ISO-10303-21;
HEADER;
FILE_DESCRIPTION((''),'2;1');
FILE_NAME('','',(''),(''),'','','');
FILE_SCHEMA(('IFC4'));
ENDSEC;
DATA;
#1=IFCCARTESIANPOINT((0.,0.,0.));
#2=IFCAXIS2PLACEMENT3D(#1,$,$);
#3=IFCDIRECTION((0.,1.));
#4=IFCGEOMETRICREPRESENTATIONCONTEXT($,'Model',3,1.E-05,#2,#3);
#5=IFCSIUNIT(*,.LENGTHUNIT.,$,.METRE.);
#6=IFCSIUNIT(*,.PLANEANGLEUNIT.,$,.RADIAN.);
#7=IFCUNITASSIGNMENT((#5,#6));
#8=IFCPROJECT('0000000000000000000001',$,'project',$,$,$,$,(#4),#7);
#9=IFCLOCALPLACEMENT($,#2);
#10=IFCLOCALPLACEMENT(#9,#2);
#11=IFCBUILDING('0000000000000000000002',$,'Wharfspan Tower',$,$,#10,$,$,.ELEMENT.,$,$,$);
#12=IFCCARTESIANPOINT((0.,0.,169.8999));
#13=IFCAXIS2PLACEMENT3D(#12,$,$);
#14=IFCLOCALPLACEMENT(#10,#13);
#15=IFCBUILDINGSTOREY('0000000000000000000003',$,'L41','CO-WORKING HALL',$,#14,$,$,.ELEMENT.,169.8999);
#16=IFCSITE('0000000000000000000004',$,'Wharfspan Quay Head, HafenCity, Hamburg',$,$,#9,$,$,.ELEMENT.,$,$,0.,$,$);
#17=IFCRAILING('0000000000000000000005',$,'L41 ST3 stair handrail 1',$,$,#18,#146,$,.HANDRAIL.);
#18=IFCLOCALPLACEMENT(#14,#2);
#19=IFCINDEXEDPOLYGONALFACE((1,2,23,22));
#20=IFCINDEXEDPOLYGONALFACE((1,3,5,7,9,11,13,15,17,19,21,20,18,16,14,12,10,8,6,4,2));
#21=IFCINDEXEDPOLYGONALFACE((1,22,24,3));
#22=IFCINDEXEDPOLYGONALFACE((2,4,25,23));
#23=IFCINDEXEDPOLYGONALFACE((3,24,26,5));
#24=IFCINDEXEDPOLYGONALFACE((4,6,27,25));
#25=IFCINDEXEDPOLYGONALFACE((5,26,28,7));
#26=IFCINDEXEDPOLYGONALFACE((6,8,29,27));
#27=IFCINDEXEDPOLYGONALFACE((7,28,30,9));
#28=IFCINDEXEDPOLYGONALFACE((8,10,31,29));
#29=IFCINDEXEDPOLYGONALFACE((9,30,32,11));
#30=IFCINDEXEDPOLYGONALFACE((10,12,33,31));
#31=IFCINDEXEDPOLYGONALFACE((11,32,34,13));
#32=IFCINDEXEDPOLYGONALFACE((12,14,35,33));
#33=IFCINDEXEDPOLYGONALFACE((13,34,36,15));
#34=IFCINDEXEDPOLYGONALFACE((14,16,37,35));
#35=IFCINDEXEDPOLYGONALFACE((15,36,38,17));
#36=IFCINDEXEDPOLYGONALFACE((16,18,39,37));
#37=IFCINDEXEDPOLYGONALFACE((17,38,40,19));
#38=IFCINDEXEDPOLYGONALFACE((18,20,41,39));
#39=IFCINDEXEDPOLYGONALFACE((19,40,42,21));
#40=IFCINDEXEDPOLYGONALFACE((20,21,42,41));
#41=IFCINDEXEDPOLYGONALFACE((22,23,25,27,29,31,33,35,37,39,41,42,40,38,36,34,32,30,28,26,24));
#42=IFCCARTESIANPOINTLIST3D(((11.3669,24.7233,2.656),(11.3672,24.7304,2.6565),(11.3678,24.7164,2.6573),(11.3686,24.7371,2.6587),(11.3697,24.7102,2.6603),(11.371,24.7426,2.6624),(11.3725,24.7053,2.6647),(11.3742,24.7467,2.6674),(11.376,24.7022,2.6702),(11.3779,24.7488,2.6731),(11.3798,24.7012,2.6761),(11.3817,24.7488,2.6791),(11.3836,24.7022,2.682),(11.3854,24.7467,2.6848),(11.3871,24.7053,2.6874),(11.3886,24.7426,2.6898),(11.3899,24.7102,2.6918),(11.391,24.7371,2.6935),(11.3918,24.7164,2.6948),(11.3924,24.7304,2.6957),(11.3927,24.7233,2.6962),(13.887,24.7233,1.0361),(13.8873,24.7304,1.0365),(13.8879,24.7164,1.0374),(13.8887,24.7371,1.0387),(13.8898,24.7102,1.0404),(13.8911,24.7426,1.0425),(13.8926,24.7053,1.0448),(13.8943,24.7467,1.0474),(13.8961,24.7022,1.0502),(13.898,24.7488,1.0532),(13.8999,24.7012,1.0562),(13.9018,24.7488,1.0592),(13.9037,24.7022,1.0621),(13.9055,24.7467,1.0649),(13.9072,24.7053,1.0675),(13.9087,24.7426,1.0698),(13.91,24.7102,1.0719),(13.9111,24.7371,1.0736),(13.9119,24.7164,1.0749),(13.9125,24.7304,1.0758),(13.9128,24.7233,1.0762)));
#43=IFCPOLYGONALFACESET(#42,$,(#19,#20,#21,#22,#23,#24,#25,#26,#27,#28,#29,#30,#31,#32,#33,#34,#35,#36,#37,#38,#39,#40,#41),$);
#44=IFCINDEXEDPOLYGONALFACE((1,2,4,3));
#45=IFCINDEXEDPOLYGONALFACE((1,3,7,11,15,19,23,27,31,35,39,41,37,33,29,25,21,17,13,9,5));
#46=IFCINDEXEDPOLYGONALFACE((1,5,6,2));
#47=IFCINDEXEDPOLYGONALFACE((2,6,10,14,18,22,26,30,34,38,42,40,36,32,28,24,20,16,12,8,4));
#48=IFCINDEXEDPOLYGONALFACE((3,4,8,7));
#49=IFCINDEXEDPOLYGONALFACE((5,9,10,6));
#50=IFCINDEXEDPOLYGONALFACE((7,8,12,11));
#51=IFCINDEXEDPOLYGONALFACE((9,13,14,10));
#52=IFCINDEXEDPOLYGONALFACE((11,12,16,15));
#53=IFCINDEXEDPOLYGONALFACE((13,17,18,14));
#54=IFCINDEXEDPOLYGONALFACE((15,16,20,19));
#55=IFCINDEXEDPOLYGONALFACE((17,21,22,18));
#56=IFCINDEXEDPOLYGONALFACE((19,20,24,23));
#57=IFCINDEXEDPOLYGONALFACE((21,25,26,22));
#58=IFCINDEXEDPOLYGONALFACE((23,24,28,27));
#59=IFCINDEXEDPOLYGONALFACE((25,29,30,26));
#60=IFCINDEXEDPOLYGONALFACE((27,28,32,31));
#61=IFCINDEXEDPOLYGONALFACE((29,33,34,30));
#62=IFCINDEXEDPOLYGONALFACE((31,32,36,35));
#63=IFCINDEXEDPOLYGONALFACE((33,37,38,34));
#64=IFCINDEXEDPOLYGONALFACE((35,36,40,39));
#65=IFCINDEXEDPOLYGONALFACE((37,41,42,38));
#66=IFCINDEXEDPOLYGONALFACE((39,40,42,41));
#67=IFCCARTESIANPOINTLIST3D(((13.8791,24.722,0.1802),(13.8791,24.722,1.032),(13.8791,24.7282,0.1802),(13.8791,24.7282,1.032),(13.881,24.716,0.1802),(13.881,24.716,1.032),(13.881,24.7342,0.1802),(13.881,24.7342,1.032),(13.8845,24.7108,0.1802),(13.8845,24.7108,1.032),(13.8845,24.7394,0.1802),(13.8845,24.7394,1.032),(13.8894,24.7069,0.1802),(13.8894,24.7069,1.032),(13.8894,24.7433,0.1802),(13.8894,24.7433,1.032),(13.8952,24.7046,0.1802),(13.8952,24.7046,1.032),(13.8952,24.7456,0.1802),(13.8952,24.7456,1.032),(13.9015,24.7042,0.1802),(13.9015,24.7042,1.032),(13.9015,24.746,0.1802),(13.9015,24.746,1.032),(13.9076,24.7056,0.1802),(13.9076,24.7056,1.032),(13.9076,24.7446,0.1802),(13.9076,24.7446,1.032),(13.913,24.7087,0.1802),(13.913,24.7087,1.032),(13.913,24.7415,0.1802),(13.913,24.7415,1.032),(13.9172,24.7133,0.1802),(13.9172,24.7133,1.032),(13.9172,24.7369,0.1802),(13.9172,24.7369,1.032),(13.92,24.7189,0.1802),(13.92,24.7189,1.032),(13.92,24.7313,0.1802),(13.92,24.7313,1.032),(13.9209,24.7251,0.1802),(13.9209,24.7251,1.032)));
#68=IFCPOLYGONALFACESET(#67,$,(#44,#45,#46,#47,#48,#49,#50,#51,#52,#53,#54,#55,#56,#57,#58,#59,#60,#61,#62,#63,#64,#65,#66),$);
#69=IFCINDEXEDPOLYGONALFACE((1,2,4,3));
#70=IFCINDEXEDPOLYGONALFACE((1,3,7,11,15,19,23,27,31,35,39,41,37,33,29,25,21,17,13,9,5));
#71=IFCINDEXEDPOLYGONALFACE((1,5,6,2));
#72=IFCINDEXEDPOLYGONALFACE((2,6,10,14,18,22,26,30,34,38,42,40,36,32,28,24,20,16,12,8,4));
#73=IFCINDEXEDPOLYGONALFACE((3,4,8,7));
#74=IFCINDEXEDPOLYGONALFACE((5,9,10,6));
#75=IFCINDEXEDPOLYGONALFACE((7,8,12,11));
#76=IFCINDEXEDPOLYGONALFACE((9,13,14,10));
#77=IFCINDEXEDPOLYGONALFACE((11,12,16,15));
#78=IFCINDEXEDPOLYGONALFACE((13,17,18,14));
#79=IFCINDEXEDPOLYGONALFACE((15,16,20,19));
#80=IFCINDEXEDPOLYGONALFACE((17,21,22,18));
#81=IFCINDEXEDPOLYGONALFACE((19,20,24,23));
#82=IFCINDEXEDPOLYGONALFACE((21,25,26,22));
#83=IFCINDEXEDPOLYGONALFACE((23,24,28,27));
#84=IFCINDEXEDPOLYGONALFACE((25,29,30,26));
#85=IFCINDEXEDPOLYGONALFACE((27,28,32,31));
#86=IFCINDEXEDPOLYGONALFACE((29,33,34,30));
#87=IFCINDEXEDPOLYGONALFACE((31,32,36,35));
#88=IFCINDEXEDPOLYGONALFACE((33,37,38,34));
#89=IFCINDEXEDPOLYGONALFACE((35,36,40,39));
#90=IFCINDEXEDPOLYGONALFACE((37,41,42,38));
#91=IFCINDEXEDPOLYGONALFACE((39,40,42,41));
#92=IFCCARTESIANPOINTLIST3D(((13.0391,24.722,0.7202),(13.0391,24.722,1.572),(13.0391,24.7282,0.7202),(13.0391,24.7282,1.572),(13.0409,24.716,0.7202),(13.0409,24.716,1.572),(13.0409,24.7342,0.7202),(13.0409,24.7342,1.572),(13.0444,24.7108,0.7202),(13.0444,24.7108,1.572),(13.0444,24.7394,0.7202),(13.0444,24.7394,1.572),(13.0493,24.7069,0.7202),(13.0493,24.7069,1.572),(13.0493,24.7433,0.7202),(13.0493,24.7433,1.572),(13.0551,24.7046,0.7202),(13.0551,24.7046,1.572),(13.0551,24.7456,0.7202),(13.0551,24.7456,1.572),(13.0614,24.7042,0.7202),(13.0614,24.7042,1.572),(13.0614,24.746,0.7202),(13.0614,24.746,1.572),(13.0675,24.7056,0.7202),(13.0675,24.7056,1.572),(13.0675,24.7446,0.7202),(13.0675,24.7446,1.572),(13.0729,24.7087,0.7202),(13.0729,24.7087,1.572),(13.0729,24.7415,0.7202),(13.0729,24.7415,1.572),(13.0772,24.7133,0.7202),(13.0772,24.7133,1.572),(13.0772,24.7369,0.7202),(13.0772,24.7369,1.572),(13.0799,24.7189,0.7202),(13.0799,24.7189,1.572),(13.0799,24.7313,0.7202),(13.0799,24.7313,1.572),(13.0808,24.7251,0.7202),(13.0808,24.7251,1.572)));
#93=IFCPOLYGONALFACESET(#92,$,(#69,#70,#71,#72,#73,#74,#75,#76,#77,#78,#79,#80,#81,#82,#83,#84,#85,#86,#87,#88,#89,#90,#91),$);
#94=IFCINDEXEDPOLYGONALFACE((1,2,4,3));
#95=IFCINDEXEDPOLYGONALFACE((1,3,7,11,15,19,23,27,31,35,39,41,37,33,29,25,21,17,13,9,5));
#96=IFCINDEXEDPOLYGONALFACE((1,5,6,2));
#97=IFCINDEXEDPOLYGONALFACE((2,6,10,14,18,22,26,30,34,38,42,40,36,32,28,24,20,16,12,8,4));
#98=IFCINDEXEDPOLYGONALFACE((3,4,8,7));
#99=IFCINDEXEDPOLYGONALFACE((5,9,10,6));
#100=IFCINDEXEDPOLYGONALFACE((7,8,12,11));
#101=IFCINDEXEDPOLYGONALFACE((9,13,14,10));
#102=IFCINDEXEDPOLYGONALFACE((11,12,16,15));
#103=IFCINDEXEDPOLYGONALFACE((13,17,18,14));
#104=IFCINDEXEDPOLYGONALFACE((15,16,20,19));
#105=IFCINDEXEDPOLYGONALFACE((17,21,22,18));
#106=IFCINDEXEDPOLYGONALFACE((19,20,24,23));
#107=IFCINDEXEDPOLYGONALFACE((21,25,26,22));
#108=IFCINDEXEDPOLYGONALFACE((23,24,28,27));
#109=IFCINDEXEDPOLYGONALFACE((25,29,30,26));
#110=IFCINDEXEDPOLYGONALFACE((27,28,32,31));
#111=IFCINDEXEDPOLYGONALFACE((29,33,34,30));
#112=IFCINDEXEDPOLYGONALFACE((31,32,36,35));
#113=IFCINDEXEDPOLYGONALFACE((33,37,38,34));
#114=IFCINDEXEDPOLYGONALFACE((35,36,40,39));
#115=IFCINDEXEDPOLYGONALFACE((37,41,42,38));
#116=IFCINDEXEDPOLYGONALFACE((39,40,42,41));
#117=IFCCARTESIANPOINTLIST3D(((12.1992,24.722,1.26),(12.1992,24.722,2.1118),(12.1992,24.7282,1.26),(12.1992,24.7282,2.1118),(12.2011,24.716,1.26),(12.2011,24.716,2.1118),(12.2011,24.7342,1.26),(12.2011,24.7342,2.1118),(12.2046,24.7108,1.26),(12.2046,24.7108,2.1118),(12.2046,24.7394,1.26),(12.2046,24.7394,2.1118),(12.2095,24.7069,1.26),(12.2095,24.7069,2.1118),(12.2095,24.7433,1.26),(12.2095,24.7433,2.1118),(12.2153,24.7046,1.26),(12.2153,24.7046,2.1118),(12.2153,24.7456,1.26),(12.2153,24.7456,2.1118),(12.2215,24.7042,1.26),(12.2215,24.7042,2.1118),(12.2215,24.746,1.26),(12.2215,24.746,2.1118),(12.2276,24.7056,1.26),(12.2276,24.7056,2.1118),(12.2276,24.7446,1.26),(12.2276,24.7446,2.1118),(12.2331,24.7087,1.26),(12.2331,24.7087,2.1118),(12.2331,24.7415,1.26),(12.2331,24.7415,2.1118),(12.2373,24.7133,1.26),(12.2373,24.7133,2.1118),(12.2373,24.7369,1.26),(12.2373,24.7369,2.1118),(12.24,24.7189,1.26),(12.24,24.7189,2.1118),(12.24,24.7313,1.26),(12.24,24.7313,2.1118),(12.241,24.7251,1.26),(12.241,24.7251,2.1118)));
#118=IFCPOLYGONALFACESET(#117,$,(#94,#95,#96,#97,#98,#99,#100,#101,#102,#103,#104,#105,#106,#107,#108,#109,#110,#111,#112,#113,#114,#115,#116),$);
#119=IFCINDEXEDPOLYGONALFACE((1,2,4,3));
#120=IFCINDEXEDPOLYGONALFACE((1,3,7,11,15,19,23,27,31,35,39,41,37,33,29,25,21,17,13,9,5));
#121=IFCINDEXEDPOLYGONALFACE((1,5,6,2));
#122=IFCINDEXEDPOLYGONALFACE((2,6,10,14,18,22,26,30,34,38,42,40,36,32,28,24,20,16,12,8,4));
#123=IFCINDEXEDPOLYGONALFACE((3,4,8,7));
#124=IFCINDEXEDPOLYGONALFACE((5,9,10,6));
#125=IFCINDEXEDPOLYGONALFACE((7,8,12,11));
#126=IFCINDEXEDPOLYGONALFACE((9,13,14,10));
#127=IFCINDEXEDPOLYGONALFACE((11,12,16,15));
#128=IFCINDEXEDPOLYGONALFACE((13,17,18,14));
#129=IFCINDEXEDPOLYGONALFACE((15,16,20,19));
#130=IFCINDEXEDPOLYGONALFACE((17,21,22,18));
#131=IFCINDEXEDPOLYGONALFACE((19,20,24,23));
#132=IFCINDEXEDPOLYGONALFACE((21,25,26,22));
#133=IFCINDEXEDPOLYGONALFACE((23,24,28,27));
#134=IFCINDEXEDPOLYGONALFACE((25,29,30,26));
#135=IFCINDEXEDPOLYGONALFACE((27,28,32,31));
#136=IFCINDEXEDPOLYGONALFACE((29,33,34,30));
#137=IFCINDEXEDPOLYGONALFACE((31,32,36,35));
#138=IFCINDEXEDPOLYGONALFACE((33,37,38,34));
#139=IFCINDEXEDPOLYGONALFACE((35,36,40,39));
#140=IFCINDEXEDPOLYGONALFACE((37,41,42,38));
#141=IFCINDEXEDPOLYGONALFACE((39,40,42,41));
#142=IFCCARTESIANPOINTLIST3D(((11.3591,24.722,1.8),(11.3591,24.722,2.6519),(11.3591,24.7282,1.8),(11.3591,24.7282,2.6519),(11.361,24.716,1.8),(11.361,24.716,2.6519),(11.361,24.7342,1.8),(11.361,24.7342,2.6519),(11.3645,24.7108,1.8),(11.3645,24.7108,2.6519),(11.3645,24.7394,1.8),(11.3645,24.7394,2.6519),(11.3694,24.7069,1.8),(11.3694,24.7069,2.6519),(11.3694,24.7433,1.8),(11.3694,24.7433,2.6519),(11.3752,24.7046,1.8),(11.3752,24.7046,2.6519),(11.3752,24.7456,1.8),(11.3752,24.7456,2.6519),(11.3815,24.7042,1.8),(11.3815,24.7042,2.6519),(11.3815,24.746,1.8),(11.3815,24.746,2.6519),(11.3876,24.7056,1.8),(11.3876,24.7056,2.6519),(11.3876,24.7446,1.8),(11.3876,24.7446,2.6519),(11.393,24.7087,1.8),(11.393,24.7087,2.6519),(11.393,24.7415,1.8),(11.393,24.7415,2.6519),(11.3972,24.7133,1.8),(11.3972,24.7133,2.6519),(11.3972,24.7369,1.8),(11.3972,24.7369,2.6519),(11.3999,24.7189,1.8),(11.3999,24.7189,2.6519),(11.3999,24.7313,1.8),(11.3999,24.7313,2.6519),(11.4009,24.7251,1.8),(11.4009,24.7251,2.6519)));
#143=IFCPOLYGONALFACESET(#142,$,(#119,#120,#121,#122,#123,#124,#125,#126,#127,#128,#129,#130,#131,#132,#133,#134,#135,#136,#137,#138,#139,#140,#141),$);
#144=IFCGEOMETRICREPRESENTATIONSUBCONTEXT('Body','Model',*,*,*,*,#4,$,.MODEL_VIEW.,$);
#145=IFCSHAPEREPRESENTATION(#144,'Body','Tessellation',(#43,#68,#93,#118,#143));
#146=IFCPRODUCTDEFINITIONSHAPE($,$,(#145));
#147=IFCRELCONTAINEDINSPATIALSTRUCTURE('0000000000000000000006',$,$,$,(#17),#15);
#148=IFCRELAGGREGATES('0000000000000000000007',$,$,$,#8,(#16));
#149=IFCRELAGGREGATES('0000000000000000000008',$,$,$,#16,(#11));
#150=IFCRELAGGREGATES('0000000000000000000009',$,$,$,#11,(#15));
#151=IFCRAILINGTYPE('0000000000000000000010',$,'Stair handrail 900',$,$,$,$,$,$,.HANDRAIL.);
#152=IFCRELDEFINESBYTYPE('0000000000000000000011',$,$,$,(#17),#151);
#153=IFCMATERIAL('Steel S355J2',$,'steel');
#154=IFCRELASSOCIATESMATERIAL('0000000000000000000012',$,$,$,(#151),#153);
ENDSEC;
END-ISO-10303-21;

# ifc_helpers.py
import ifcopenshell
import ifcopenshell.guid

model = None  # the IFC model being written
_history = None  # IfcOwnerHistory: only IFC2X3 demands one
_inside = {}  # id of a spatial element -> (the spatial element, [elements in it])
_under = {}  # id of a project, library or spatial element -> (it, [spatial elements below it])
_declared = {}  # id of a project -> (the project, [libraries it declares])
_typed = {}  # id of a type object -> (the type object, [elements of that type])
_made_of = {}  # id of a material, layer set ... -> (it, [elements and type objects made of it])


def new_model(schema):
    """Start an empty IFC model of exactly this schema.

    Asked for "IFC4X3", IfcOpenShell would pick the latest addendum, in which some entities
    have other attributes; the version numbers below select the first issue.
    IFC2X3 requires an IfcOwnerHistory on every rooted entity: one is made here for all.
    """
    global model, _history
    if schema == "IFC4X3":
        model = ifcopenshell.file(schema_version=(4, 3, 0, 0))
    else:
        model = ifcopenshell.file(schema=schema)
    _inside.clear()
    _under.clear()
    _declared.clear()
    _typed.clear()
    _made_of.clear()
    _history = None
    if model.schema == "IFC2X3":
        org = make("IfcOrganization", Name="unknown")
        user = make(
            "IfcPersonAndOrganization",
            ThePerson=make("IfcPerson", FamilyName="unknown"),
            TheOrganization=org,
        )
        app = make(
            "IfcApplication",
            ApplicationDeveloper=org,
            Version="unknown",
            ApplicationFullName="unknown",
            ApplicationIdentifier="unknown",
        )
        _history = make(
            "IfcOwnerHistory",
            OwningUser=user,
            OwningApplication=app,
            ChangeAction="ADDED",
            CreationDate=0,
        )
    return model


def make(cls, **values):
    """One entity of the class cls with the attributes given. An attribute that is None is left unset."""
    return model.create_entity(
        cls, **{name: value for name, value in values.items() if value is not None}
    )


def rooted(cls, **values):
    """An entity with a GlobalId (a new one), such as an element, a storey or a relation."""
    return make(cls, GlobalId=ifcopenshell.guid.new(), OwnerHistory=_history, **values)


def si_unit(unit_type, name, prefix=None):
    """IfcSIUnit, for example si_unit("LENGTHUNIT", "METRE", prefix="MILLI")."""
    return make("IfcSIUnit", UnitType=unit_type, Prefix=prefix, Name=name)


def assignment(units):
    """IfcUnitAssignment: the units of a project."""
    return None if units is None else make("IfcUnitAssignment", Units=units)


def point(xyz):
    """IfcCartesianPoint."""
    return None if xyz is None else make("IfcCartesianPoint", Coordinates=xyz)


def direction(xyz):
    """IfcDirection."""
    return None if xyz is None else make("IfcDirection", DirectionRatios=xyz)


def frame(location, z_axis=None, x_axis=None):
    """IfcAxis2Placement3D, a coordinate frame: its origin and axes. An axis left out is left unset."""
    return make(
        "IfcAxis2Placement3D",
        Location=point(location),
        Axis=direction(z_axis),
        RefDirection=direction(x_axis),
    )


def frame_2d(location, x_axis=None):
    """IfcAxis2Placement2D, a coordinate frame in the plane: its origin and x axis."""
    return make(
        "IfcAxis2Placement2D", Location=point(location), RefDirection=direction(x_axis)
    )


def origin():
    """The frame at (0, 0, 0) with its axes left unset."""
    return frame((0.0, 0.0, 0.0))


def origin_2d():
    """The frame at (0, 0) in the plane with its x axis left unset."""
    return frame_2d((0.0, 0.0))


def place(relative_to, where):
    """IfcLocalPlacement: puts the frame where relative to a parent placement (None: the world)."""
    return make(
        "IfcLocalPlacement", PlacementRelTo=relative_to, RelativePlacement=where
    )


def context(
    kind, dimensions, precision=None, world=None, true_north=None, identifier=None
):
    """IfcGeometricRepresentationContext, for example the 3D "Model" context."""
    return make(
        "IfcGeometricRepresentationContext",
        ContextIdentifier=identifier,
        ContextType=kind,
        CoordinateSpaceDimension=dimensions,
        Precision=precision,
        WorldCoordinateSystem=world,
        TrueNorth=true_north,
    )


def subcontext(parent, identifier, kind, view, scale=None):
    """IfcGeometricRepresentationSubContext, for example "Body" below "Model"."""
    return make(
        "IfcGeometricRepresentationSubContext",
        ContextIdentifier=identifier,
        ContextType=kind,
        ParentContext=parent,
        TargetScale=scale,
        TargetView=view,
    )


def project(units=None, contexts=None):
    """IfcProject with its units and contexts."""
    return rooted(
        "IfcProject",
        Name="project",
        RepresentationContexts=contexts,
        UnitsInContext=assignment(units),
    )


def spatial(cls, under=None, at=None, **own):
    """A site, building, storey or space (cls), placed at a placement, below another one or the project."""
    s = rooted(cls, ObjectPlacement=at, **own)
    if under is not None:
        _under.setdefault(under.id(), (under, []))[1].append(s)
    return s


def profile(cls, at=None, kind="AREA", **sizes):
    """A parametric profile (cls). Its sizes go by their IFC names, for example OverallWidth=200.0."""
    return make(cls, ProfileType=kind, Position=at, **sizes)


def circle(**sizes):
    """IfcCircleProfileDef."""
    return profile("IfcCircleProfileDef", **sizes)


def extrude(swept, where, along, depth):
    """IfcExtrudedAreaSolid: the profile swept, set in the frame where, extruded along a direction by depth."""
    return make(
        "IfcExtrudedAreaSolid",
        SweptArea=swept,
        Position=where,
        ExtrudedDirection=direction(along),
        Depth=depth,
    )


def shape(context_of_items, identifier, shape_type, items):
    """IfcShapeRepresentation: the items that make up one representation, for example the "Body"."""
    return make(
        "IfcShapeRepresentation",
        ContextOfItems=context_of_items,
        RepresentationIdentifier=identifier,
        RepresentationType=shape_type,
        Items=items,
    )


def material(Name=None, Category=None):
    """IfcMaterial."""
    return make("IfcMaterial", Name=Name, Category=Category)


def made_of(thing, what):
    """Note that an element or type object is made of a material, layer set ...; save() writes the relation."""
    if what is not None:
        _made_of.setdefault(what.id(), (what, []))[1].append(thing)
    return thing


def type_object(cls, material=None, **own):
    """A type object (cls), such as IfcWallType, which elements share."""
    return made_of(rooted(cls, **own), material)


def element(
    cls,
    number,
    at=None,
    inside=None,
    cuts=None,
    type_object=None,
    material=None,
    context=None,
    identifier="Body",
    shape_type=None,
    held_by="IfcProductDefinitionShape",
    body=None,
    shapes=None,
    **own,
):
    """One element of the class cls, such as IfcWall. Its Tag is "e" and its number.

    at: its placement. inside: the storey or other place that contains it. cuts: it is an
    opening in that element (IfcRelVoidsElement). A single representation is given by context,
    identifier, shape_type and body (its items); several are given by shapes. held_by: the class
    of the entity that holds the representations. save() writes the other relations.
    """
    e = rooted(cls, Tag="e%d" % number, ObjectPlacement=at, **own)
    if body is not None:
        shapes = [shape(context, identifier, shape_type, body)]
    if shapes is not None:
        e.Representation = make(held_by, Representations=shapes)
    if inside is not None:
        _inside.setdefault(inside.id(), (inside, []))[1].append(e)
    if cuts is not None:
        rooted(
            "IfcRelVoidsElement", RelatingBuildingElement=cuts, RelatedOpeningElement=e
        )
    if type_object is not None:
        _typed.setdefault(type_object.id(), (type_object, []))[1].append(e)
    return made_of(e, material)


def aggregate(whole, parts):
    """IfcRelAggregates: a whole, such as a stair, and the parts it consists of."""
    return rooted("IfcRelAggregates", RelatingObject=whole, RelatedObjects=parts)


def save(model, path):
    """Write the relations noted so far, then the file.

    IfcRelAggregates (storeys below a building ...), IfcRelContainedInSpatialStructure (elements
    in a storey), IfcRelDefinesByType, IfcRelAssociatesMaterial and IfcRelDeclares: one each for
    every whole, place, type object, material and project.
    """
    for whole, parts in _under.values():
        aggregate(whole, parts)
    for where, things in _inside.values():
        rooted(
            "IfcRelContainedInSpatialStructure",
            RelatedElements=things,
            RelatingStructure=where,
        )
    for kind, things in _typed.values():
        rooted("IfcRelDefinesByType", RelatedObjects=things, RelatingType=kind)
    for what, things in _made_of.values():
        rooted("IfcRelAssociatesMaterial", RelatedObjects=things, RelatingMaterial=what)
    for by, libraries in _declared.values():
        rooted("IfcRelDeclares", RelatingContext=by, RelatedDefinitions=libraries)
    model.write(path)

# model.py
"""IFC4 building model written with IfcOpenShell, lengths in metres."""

from ifc_helpers import new_model, si_unit, direction, frame, origin, origin_2d, place, context, subcontext, project, spatial, circle, extrude, material, type_object, element, save


model = new_model("IFC4")

# Units and contexts
model_context = context("Model", 3, precision=1e-05, world=origin(), true_north=direction((0.0, 1.0)))
body_context = subcontext(model_context, "Body", "Model", "MODEL_VIEW")
ifc_project = project(units=[si_unit("LENGTHUNIT", "METRE"), si_unit("PLANEANGLEUNIT", "RADIAN")], contexts=[model_context])

# Site, building, storey
site_placement = place(None, origin())
site = spatial("IfcSite", under=ifc_project, at=site_placement, Name="Wharfspan Quay Head, HafenCity, Hamburg", CompositionType="ELEMENT", RefElevation=0.0)
building_placement = place(site_placement, origin())
building = spatial("IfcBuilding", under=site, at=building_placement, Name="Wharfspan Tower", CompositionType="ELEMENT")
storey_placement = place(building_placement, frame((0.0, 0.0, 169.8999)))
storey = spatial("IfcBuildingStorey", under=building, at=storey_placement, Name="L41", Description="CO-WORKING HALL", CompositionType="ELEMENT", Elevation=169.8999)

# Shared definitions
ifc_material_1 = material(Name="Steel S355J2", Category="steel")

# Railing
railing_type_1 = type_object("IfcRailingType", Name="Stair handrail 900", PredefinedType="HANDRAIL", material=ifc_material_1)
railing_1_placement = place(storey_placement, frame((13.8999, 24.7251, 0.1802)))
element("IfcRailing", 1, at=railing_1_placement, inside=storey, type_object=railing_type_1, Name="L41 ST3 stair handrail 1", PredefinedType="HANDRAIL", context=body_context, shape_type="SweptSolid", body=[
    extrude(circle(Radius=0.0239, at=origin_2d()), frame((0.0, 0.0, 0.876), z_axis=(-0.8412, 0.0, 0.540725), x_axis=(0.0, -1.0, 0.0)), (0.0, 0.0, 1.0), 2.9958),
    extrude(circle(Radius=0.021, at=origin_2d()), origin(), (0.0, 0.0, 1.0), 0.8518),
    extrude(circle(Radius=0.021, at=origin_2d()), frame((-0.8401, 0.0, 0.54)), (0.0, 0.0, 1.0), 0.8518),
    extrude(circle(Radius=0.021, at=origin_2d()), frame((-1.6799, 0.0, 1.0798)), (0.0, 0.0, 1.0), 0.8518),
    extrude(circle(Radius=0.021, at=origin_2d()), frame((-2.52, 0.0, 1.6199)), (0.0, 0.0, 1.0), 0.8518),
])

save(model, "model.ifc")
